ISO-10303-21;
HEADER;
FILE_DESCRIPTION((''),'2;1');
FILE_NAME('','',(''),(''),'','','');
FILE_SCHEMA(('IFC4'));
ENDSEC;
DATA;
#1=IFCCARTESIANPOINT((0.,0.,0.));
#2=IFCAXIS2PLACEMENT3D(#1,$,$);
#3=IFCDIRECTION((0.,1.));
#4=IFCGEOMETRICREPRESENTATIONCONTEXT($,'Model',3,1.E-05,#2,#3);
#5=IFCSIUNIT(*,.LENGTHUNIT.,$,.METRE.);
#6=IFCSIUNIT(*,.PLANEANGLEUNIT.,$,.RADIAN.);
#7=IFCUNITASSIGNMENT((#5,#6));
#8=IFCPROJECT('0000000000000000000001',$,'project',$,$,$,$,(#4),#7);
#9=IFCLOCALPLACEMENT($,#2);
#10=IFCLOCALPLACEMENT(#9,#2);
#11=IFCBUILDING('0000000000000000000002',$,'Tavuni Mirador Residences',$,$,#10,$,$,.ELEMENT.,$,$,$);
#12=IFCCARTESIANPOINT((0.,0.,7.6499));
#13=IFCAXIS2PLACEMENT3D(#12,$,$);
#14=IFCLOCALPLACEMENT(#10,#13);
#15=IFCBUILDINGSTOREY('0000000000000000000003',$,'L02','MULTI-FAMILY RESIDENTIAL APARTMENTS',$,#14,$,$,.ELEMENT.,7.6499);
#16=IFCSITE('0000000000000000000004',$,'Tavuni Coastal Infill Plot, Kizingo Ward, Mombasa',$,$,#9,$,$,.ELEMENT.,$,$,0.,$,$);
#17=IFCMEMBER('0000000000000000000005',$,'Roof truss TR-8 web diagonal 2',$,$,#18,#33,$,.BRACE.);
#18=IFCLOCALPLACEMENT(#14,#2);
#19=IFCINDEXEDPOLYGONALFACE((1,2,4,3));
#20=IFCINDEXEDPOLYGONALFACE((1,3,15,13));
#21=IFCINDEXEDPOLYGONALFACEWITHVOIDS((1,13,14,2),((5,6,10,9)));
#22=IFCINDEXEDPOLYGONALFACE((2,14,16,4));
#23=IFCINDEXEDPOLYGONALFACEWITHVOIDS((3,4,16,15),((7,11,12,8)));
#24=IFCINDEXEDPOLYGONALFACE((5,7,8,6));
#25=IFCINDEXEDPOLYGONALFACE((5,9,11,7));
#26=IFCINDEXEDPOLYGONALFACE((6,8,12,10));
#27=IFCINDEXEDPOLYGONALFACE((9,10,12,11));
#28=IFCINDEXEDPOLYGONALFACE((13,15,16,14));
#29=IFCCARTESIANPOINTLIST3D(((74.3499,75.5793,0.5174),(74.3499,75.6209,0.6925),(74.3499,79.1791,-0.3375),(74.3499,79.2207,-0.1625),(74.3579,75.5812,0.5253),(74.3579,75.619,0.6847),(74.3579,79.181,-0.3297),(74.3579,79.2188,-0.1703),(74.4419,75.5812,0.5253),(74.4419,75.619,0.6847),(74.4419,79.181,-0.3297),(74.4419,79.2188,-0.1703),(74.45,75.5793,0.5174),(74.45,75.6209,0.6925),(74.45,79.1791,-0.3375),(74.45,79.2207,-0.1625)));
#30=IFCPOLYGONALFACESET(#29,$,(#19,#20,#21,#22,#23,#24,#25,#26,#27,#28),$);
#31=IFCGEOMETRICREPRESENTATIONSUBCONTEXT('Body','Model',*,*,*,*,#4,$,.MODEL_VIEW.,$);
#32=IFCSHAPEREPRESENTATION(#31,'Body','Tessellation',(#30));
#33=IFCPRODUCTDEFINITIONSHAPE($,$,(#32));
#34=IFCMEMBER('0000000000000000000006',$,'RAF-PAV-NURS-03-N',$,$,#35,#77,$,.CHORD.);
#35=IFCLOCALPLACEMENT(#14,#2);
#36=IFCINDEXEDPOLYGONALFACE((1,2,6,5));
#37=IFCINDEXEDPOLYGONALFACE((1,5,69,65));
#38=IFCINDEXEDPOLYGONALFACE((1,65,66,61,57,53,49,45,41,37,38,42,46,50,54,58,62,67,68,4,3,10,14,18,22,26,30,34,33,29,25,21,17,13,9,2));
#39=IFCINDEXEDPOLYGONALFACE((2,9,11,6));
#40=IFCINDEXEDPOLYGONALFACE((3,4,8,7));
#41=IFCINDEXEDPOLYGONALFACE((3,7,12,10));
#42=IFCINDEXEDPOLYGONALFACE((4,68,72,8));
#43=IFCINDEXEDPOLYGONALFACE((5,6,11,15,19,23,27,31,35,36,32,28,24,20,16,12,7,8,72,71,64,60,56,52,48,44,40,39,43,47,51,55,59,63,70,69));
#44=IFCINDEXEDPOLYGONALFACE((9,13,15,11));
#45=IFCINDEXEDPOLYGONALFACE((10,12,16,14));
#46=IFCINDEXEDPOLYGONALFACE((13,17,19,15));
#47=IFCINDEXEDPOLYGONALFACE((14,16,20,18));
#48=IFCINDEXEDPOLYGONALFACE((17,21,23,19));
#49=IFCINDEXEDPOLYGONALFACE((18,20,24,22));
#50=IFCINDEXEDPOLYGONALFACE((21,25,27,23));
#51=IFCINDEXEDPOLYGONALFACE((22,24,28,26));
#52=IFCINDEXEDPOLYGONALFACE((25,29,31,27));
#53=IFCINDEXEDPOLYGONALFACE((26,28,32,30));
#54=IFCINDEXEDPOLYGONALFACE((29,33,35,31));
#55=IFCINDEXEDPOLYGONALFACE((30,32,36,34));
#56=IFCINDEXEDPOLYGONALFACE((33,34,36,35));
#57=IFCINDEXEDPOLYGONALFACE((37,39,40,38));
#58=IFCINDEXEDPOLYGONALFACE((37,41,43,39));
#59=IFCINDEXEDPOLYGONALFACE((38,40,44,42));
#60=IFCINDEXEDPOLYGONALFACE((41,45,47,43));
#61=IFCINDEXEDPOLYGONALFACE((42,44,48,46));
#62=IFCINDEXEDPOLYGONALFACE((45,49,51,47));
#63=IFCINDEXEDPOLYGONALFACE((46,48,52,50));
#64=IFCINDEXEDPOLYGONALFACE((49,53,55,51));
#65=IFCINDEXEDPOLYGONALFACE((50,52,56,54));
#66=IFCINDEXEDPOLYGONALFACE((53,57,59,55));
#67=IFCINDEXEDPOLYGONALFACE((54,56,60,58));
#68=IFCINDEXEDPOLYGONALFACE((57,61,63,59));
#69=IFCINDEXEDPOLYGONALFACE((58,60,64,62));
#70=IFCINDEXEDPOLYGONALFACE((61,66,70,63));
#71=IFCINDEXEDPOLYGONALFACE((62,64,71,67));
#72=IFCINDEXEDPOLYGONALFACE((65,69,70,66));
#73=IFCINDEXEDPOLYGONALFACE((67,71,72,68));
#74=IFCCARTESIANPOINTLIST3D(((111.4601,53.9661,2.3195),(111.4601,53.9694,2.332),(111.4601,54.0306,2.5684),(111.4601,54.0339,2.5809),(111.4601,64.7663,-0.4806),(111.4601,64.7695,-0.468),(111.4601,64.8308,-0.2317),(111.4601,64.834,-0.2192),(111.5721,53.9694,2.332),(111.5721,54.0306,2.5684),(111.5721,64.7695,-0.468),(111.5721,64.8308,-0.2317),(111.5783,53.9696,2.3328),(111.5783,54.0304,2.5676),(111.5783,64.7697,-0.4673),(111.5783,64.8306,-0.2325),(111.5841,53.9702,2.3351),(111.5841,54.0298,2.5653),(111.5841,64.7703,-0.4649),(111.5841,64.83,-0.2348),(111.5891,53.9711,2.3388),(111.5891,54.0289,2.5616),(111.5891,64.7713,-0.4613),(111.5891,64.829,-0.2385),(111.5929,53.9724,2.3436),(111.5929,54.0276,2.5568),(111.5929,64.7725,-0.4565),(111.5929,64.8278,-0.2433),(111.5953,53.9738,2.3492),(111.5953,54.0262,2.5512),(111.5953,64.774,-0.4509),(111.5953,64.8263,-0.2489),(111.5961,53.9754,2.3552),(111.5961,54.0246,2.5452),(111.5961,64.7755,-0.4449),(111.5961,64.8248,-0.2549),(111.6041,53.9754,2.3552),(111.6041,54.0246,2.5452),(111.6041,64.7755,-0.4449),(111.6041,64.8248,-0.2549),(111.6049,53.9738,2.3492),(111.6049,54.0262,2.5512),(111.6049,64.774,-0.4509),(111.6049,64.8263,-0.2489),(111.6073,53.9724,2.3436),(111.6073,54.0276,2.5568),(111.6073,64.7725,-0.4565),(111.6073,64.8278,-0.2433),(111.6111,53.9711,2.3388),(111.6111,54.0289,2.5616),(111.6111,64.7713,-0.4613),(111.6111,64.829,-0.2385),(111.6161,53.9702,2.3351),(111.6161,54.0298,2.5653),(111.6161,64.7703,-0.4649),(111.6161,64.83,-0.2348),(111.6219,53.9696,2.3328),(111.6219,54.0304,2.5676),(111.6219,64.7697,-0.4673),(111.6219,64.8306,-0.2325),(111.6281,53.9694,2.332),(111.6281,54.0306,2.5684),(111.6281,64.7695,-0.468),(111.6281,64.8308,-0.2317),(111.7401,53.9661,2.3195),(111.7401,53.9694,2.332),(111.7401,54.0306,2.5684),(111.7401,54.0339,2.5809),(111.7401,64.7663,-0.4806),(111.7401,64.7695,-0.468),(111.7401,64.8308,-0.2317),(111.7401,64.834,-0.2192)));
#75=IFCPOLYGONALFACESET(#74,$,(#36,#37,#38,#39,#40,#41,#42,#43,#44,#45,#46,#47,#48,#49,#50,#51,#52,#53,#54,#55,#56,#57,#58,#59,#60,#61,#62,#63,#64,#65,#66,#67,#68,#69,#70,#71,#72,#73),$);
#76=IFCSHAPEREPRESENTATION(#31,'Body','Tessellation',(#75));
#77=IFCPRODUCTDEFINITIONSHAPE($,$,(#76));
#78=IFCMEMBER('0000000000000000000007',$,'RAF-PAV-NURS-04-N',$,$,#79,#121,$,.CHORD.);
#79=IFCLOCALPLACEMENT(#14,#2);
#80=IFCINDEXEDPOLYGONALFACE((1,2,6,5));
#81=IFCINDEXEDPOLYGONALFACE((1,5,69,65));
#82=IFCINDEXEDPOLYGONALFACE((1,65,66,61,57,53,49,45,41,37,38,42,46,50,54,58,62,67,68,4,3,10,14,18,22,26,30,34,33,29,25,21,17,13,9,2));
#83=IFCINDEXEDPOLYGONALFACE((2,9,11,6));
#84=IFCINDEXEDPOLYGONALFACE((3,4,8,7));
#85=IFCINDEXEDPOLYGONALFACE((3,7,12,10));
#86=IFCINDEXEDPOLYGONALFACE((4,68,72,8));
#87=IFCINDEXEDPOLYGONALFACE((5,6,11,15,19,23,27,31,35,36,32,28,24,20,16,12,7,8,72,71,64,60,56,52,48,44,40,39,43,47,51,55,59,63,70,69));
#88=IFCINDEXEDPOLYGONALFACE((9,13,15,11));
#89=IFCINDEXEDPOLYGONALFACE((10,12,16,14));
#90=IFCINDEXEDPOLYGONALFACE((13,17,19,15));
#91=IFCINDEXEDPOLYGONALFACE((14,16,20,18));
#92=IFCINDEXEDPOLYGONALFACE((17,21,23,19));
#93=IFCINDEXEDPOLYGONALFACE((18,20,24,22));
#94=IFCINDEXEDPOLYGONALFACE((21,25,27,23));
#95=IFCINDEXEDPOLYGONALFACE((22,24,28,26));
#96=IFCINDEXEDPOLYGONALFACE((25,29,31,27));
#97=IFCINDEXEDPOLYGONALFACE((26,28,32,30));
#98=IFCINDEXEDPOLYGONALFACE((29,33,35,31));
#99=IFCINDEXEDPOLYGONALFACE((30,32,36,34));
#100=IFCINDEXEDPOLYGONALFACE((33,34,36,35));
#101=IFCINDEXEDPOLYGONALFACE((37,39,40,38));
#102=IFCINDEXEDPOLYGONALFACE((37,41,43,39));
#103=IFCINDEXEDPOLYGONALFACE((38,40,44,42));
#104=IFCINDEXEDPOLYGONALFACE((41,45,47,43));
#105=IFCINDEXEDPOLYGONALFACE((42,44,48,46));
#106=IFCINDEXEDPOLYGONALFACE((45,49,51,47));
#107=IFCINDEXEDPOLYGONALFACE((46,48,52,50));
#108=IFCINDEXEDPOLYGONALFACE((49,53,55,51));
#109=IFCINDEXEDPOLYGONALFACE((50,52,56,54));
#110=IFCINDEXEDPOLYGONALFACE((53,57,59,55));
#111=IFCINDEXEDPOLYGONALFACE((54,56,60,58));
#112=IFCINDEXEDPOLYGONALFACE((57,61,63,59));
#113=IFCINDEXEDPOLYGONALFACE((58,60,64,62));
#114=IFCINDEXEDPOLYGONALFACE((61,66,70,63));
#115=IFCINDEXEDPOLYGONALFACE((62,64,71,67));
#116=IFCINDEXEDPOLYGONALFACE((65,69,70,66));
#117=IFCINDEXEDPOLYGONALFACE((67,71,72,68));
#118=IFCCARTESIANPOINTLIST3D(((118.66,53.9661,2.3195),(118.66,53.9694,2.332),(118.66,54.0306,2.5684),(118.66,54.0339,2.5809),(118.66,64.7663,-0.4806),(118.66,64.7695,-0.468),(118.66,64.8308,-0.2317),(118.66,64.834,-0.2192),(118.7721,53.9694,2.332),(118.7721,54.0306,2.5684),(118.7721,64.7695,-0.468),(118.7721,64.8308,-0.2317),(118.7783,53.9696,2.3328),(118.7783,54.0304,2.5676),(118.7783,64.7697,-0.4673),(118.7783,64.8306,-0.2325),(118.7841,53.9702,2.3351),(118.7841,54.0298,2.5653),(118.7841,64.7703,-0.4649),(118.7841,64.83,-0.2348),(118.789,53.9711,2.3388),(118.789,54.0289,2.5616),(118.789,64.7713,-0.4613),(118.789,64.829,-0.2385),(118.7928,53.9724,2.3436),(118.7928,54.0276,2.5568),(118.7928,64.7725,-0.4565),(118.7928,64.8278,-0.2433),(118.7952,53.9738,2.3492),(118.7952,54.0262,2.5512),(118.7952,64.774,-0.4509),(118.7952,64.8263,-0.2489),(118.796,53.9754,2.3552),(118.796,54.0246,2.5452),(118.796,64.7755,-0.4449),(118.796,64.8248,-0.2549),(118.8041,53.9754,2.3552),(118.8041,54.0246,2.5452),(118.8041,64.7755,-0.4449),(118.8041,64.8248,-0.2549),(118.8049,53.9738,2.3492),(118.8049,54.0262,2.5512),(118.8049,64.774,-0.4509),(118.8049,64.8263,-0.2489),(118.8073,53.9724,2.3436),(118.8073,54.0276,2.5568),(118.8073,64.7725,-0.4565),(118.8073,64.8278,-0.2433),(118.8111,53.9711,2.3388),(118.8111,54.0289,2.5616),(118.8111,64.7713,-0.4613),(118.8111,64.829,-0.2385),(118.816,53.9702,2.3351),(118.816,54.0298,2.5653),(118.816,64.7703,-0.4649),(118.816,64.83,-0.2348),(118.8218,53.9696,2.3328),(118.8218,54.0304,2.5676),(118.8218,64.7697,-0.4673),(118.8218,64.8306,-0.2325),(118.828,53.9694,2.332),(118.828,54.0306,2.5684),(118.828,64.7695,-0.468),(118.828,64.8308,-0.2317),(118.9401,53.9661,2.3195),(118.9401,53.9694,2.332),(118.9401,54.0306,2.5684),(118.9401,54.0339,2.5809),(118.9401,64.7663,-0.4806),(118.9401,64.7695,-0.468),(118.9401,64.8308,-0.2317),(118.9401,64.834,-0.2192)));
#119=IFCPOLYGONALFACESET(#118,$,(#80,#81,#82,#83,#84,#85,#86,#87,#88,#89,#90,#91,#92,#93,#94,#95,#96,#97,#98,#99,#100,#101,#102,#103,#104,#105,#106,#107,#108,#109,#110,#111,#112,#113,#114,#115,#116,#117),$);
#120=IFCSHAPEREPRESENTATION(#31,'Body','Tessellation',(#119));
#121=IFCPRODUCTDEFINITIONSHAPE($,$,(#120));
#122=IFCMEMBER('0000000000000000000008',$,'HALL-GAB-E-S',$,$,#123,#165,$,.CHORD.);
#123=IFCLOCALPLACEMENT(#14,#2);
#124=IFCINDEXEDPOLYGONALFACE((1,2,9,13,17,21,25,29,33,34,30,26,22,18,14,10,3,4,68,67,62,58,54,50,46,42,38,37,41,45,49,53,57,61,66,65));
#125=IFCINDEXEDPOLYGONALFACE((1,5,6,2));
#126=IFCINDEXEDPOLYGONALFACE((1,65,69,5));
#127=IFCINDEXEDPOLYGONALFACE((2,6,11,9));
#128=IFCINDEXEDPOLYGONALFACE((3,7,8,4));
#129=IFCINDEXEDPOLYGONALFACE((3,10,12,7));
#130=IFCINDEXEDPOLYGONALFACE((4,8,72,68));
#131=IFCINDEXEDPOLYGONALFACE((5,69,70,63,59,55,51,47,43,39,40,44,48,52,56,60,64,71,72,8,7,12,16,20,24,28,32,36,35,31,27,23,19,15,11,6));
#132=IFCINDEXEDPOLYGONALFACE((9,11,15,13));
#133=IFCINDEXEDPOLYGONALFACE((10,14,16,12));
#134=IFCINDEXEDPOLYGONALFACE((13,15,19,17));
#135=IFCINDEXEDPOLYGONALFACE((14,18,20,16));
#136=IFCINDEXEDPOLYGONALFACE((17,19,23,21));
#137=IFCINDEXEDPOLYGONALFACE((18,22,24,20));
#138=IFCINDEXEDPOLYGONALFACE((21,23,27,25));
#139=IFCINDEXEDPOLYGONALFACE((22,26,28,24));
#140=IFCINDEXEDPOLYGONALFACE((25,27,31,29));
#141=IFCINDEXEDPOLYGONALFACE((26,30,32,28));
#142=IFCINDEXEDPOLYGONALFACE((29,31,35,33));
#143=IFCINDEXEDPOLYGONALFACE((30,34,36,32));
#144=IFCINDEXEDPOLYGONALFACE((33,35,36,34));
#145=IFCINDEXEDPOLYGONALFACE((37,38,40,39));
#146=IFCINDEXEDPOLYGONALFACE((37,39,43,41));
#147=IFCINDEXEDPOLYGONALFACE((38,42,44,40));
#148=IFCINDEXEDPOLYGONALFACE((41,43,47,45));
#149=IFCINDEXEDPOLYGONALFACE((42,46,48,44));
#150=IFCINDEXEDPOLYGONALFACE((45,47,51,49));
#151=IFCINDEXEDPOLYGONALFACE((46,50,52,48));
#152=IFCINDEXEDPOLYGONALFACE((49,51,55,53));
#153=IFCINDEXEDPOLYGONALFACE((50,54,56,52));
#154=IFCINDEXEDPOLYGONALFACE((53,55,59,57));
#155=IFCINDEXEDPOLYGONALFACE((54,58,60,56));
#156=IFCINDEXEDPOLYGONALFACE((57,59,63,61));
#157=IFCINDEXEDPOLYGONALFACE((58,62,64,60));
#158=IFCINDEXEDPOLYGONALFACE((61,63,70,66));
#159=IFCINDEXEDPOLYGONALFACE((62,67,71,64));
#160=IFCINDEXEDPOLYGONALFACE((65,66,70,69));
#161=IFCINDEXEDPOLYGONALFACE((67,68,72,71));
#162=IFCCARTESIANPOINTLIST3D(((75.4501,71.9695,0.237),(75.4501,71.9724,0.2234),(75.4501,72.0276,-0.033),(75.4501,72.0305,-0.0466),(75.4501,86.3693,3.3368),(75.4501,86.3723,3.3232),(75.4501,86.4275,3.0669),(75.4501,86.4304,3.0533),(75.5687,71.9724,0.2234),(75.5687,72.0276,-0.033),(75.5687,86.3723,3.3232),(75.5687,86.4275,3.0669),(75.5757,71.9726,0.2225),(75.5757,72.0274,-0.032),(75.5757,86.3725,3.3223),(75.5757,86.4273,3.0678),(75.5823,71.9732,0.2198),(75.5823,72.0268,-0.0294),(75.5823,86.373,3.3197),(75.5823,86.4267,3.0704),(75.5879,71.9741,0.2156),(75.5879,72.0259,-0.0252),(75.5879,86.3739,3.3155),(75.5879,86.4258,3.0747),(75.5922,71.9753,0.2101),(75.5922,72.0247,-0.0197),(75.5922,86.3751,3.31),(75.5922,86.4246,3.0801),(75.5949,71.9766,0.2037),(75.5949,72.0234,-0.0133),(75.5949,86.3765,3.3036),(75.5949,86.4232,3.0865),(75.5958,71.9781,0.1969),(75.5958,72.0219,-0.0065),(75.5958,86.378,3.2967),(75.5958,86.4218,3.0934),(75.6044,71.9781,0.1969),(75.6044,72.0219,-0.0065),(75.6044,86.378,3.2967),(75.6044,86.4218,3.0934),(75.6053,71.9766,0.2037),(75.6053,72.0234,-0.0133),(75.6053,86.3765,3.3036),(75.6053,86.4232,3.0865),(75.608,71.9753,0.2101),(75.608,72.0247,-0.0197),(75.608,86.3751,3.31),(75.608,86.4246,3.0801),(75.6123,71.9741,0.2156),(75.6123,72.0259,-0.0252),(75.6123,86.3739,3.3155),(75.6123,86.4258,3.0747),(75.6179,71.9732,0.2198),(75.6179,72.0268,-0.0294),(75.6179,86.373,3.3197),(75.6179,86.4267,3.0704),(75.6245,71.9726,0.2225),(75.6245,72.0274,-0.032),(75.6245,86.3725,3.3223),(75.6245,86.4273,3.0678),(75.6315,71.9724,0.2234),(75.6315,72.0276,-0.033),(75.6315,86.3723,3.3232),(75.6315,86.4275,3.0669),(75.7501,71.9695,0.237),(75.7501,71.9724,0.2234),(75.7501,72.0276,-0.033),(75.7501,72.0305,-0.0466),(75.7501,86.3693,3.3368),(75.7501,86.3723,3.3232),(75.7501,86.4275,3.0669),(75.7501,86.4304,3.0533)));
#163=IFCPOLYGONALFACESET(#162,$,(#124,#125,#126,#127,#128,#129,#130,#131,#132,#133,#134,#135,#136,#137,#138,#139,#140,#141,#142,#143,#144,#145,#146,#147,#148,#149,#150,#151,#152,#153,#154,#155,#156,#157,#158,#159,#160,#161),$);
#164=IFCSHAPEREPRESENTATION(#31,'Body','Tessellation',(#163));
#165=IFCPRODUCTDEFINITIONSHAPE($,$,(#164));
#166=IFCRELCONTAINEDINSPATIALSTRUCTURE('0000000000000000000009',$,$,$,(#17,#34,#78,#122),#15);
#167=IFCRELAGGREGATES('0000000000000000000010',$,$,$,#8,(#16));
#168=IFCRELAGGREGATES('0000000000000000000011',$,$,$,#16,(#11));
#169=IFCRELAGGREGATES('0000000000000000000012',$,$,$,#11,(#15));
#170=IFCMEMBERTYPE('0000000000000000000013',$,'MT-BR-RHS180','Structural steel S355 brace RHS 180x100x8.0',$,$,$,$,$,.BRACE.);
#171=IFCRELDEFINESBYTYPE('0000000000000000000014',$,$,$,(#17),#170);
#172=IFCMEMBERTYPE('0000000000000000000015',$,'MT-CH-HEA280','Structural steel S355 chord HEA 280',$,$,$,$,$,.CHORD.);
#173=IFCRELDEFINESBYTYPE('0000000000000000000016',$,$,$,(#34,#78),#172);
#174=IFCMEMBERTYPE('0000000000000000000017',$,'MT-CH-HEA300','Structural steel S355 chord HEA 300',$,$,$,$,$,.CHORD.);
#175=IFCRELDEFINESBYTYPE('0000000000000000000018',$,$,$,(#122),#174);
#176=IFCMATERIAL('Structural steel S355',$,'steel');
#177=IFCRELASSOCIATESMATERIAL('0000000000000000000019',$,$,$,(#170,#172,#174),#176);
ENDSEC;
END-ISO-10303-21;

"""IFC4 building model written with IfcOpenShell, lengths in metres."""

from ifc_helpers import new_model, si_unit, direction, frame, origin, origin_2d, place, context, subcontext, project, spatial, hollow_rectangle, i_section, extrude, material, material_profile, profile_set, type_object, element, save


model = new_model("IFC4")

# Units and contexts
model_context = context("Model", 3, precision=1e-05, world=origin(), true_north=direction((0.0, 1.0)))
body_context = subcontext(model_context, "Body", "Model", "MODEL_VIEW")
ifc_project = project(units=[si_unit("LENGTHUNIT", "METRE"), si_unit("PLANEANGLEUNIT", "RADIAN")], contexts=[model_context])

# Site, building, storey
site_placement = place(None, origin())
site = spatial("IfcSite", under=ifc_project, at=site_placement, Name="Tavuni Coastal Infill Plot, Kizingo Ward, Mombasa", CompositionType="ELEMENT", RefElevation=0.0)
building_placement = place(site_placement, origin())
building = spatial("IfcBuilding", under=site, at=building_placement, Name="Tavuni Mirador Residences", CompositionType="ELEMENT")
storey_placement = place(building_placement, frame((0.0, 0.0, 7.6499)))
storey = spatial("IfcBuildingStorey", under=building, at=storey_placement, Name="L02", Description="MULTI-FAMILY RESIDENTIAL APARTMENTS", CompositionType="ELEMENT", Elevation=7.6499)

# Members
ifc_material_1 = material(Name="Structural steel S355", Category="steel")
ifc_material_profile_1 = material_profile(ifc_material_1, hollow_rectangle(XDim=0.1001, YDim=0.1799, WallThickness=0.0081, at=origin_2d()), Name="RHS 180x100x8.0", Category="steel")
ifc_profile_set_1 = profile_set([ifc_material_profile_1], Name="Structural steel S355")
member_type_1 = type_object("IfcMemberType", Name="MT-BR-RHS180", Description="Structural steel S355 brace RHS 180x100x8.0", PredefinedType="BRACE", material=ifc_profile_set_1)
member_1_placement = place(storey_placement, frame((74.3999, 75.6001, 0.605), z_axis=(0.0, 0.972936, -0.231076), x_axis=(-1.0, 0.0, 0.0)))
element("IfcMember", 1, at=member_1_placement, inside=storey, type_object=member_type_1, Name="Roof truss TR-8 web diagonal 2", PredefinedType="BRACE", context=body_context, shape_type="SweptSolid", body=[
    extrude(hollow_rectangle(XDim=0.1001, YDim=0.1799, WallThickness=0.0081, at=origin_2d()), origin(), (0.0, 0.0, 1.0), 3.7),
])
ifc_material_profile_2 = material_profile(ifc_material_1, i_section(OverallWidth=0.28, OverallDepth=0.27, WebThickness=0.0081, FlangeThickness=0.0129, FilletRadius=0.0239, at=origin_2d()), Name="HEA 280", Category="steel")
ifc_profile_set_2 = profile_set([ifc_material_profile_2], Name="Structural steel S355")
member_type_2 = type_object("IfcMemberType", Name="MT-CH-HEA280", Description="Structural steel S355 chord HEA 280", PredefinedType="CHORD", material=ifc_profile_set_2)
for number, where, z_axis, x_axis, name in (
    (2, (111.6001, 54.0, 2.4502), (0.0, 0.967996, -0.250965), (-1.0, 0.0, 0.0), "RAF-PAV-NURS-03-N"),
    (3, (118.8, 54.0, 2.4502), (0.0, 0.967996, -0.250965), (-1.0, 0.0, 0.0), "RAF-PAV-NURS-04-N"),
):
    element("IfcMember", number, at=place(storey_placement, frame(where, z_axis=z_axis, x_axis=x_axis)), inside=storey, type_object=member_type_2, Name=name, PredefinedType="CHORD", context=body_context, shape_type="SweptSolid", body=[
        extrude(i_section(OverallWidth=0.28, OverallDepth=0.27, WebThickness=0.0081, FlangeThickness=0.0129, FilletRadius=0.0239, at=origin_2d()), origin(), (0.0, 0.0, 1.0), 11.1572),
    ])
ifc_material_profile_3 = material_profile(ifc_material_1, i_section(OverallWidth=0.3, OverallDepth=0.29, WebThickness=0.0085, FlangeThickness=0.0139, FilletRadius=0.0271, at=origin_2d()), Name="HEA 300", Category="steel")
ifc_profile_set_3 = profile_set([ifc_material_profile_3], Name="Structural steel S355")
member_type_3 = type_object("IfcMemberType", Name="MT-CH-HEA300", Description="Structural steel S355 chord HEA 300", PredefinedType="CHORD", material=ifc_profile_set_3)
member_2_placement = place(storey_placement, frame((75.6001, 72.0, 0.0952), z_axis=(0.0, 0.977605, 0.210448), x_axis=(-1.0, 0.0, 0.0)))
element("IfcMember", 4, at=member_2_placement, inside=storey, type_object=member_type_3, Name="HALL-GAB-E-S", PredefinedType="CHORD", context=body_context, shape_type="SweptSolid", body=[
    extrude(i_section(OverallWidth=0.3, OverallDepth=0.29, WebThickness=0.0085, FlangeThickness=0.0139, FilletRadius=0.0271, at=origin_2d()), origin(), (0.0, 0.0, 1.0), 14.7297),
])

save(model, "model.ifc")
